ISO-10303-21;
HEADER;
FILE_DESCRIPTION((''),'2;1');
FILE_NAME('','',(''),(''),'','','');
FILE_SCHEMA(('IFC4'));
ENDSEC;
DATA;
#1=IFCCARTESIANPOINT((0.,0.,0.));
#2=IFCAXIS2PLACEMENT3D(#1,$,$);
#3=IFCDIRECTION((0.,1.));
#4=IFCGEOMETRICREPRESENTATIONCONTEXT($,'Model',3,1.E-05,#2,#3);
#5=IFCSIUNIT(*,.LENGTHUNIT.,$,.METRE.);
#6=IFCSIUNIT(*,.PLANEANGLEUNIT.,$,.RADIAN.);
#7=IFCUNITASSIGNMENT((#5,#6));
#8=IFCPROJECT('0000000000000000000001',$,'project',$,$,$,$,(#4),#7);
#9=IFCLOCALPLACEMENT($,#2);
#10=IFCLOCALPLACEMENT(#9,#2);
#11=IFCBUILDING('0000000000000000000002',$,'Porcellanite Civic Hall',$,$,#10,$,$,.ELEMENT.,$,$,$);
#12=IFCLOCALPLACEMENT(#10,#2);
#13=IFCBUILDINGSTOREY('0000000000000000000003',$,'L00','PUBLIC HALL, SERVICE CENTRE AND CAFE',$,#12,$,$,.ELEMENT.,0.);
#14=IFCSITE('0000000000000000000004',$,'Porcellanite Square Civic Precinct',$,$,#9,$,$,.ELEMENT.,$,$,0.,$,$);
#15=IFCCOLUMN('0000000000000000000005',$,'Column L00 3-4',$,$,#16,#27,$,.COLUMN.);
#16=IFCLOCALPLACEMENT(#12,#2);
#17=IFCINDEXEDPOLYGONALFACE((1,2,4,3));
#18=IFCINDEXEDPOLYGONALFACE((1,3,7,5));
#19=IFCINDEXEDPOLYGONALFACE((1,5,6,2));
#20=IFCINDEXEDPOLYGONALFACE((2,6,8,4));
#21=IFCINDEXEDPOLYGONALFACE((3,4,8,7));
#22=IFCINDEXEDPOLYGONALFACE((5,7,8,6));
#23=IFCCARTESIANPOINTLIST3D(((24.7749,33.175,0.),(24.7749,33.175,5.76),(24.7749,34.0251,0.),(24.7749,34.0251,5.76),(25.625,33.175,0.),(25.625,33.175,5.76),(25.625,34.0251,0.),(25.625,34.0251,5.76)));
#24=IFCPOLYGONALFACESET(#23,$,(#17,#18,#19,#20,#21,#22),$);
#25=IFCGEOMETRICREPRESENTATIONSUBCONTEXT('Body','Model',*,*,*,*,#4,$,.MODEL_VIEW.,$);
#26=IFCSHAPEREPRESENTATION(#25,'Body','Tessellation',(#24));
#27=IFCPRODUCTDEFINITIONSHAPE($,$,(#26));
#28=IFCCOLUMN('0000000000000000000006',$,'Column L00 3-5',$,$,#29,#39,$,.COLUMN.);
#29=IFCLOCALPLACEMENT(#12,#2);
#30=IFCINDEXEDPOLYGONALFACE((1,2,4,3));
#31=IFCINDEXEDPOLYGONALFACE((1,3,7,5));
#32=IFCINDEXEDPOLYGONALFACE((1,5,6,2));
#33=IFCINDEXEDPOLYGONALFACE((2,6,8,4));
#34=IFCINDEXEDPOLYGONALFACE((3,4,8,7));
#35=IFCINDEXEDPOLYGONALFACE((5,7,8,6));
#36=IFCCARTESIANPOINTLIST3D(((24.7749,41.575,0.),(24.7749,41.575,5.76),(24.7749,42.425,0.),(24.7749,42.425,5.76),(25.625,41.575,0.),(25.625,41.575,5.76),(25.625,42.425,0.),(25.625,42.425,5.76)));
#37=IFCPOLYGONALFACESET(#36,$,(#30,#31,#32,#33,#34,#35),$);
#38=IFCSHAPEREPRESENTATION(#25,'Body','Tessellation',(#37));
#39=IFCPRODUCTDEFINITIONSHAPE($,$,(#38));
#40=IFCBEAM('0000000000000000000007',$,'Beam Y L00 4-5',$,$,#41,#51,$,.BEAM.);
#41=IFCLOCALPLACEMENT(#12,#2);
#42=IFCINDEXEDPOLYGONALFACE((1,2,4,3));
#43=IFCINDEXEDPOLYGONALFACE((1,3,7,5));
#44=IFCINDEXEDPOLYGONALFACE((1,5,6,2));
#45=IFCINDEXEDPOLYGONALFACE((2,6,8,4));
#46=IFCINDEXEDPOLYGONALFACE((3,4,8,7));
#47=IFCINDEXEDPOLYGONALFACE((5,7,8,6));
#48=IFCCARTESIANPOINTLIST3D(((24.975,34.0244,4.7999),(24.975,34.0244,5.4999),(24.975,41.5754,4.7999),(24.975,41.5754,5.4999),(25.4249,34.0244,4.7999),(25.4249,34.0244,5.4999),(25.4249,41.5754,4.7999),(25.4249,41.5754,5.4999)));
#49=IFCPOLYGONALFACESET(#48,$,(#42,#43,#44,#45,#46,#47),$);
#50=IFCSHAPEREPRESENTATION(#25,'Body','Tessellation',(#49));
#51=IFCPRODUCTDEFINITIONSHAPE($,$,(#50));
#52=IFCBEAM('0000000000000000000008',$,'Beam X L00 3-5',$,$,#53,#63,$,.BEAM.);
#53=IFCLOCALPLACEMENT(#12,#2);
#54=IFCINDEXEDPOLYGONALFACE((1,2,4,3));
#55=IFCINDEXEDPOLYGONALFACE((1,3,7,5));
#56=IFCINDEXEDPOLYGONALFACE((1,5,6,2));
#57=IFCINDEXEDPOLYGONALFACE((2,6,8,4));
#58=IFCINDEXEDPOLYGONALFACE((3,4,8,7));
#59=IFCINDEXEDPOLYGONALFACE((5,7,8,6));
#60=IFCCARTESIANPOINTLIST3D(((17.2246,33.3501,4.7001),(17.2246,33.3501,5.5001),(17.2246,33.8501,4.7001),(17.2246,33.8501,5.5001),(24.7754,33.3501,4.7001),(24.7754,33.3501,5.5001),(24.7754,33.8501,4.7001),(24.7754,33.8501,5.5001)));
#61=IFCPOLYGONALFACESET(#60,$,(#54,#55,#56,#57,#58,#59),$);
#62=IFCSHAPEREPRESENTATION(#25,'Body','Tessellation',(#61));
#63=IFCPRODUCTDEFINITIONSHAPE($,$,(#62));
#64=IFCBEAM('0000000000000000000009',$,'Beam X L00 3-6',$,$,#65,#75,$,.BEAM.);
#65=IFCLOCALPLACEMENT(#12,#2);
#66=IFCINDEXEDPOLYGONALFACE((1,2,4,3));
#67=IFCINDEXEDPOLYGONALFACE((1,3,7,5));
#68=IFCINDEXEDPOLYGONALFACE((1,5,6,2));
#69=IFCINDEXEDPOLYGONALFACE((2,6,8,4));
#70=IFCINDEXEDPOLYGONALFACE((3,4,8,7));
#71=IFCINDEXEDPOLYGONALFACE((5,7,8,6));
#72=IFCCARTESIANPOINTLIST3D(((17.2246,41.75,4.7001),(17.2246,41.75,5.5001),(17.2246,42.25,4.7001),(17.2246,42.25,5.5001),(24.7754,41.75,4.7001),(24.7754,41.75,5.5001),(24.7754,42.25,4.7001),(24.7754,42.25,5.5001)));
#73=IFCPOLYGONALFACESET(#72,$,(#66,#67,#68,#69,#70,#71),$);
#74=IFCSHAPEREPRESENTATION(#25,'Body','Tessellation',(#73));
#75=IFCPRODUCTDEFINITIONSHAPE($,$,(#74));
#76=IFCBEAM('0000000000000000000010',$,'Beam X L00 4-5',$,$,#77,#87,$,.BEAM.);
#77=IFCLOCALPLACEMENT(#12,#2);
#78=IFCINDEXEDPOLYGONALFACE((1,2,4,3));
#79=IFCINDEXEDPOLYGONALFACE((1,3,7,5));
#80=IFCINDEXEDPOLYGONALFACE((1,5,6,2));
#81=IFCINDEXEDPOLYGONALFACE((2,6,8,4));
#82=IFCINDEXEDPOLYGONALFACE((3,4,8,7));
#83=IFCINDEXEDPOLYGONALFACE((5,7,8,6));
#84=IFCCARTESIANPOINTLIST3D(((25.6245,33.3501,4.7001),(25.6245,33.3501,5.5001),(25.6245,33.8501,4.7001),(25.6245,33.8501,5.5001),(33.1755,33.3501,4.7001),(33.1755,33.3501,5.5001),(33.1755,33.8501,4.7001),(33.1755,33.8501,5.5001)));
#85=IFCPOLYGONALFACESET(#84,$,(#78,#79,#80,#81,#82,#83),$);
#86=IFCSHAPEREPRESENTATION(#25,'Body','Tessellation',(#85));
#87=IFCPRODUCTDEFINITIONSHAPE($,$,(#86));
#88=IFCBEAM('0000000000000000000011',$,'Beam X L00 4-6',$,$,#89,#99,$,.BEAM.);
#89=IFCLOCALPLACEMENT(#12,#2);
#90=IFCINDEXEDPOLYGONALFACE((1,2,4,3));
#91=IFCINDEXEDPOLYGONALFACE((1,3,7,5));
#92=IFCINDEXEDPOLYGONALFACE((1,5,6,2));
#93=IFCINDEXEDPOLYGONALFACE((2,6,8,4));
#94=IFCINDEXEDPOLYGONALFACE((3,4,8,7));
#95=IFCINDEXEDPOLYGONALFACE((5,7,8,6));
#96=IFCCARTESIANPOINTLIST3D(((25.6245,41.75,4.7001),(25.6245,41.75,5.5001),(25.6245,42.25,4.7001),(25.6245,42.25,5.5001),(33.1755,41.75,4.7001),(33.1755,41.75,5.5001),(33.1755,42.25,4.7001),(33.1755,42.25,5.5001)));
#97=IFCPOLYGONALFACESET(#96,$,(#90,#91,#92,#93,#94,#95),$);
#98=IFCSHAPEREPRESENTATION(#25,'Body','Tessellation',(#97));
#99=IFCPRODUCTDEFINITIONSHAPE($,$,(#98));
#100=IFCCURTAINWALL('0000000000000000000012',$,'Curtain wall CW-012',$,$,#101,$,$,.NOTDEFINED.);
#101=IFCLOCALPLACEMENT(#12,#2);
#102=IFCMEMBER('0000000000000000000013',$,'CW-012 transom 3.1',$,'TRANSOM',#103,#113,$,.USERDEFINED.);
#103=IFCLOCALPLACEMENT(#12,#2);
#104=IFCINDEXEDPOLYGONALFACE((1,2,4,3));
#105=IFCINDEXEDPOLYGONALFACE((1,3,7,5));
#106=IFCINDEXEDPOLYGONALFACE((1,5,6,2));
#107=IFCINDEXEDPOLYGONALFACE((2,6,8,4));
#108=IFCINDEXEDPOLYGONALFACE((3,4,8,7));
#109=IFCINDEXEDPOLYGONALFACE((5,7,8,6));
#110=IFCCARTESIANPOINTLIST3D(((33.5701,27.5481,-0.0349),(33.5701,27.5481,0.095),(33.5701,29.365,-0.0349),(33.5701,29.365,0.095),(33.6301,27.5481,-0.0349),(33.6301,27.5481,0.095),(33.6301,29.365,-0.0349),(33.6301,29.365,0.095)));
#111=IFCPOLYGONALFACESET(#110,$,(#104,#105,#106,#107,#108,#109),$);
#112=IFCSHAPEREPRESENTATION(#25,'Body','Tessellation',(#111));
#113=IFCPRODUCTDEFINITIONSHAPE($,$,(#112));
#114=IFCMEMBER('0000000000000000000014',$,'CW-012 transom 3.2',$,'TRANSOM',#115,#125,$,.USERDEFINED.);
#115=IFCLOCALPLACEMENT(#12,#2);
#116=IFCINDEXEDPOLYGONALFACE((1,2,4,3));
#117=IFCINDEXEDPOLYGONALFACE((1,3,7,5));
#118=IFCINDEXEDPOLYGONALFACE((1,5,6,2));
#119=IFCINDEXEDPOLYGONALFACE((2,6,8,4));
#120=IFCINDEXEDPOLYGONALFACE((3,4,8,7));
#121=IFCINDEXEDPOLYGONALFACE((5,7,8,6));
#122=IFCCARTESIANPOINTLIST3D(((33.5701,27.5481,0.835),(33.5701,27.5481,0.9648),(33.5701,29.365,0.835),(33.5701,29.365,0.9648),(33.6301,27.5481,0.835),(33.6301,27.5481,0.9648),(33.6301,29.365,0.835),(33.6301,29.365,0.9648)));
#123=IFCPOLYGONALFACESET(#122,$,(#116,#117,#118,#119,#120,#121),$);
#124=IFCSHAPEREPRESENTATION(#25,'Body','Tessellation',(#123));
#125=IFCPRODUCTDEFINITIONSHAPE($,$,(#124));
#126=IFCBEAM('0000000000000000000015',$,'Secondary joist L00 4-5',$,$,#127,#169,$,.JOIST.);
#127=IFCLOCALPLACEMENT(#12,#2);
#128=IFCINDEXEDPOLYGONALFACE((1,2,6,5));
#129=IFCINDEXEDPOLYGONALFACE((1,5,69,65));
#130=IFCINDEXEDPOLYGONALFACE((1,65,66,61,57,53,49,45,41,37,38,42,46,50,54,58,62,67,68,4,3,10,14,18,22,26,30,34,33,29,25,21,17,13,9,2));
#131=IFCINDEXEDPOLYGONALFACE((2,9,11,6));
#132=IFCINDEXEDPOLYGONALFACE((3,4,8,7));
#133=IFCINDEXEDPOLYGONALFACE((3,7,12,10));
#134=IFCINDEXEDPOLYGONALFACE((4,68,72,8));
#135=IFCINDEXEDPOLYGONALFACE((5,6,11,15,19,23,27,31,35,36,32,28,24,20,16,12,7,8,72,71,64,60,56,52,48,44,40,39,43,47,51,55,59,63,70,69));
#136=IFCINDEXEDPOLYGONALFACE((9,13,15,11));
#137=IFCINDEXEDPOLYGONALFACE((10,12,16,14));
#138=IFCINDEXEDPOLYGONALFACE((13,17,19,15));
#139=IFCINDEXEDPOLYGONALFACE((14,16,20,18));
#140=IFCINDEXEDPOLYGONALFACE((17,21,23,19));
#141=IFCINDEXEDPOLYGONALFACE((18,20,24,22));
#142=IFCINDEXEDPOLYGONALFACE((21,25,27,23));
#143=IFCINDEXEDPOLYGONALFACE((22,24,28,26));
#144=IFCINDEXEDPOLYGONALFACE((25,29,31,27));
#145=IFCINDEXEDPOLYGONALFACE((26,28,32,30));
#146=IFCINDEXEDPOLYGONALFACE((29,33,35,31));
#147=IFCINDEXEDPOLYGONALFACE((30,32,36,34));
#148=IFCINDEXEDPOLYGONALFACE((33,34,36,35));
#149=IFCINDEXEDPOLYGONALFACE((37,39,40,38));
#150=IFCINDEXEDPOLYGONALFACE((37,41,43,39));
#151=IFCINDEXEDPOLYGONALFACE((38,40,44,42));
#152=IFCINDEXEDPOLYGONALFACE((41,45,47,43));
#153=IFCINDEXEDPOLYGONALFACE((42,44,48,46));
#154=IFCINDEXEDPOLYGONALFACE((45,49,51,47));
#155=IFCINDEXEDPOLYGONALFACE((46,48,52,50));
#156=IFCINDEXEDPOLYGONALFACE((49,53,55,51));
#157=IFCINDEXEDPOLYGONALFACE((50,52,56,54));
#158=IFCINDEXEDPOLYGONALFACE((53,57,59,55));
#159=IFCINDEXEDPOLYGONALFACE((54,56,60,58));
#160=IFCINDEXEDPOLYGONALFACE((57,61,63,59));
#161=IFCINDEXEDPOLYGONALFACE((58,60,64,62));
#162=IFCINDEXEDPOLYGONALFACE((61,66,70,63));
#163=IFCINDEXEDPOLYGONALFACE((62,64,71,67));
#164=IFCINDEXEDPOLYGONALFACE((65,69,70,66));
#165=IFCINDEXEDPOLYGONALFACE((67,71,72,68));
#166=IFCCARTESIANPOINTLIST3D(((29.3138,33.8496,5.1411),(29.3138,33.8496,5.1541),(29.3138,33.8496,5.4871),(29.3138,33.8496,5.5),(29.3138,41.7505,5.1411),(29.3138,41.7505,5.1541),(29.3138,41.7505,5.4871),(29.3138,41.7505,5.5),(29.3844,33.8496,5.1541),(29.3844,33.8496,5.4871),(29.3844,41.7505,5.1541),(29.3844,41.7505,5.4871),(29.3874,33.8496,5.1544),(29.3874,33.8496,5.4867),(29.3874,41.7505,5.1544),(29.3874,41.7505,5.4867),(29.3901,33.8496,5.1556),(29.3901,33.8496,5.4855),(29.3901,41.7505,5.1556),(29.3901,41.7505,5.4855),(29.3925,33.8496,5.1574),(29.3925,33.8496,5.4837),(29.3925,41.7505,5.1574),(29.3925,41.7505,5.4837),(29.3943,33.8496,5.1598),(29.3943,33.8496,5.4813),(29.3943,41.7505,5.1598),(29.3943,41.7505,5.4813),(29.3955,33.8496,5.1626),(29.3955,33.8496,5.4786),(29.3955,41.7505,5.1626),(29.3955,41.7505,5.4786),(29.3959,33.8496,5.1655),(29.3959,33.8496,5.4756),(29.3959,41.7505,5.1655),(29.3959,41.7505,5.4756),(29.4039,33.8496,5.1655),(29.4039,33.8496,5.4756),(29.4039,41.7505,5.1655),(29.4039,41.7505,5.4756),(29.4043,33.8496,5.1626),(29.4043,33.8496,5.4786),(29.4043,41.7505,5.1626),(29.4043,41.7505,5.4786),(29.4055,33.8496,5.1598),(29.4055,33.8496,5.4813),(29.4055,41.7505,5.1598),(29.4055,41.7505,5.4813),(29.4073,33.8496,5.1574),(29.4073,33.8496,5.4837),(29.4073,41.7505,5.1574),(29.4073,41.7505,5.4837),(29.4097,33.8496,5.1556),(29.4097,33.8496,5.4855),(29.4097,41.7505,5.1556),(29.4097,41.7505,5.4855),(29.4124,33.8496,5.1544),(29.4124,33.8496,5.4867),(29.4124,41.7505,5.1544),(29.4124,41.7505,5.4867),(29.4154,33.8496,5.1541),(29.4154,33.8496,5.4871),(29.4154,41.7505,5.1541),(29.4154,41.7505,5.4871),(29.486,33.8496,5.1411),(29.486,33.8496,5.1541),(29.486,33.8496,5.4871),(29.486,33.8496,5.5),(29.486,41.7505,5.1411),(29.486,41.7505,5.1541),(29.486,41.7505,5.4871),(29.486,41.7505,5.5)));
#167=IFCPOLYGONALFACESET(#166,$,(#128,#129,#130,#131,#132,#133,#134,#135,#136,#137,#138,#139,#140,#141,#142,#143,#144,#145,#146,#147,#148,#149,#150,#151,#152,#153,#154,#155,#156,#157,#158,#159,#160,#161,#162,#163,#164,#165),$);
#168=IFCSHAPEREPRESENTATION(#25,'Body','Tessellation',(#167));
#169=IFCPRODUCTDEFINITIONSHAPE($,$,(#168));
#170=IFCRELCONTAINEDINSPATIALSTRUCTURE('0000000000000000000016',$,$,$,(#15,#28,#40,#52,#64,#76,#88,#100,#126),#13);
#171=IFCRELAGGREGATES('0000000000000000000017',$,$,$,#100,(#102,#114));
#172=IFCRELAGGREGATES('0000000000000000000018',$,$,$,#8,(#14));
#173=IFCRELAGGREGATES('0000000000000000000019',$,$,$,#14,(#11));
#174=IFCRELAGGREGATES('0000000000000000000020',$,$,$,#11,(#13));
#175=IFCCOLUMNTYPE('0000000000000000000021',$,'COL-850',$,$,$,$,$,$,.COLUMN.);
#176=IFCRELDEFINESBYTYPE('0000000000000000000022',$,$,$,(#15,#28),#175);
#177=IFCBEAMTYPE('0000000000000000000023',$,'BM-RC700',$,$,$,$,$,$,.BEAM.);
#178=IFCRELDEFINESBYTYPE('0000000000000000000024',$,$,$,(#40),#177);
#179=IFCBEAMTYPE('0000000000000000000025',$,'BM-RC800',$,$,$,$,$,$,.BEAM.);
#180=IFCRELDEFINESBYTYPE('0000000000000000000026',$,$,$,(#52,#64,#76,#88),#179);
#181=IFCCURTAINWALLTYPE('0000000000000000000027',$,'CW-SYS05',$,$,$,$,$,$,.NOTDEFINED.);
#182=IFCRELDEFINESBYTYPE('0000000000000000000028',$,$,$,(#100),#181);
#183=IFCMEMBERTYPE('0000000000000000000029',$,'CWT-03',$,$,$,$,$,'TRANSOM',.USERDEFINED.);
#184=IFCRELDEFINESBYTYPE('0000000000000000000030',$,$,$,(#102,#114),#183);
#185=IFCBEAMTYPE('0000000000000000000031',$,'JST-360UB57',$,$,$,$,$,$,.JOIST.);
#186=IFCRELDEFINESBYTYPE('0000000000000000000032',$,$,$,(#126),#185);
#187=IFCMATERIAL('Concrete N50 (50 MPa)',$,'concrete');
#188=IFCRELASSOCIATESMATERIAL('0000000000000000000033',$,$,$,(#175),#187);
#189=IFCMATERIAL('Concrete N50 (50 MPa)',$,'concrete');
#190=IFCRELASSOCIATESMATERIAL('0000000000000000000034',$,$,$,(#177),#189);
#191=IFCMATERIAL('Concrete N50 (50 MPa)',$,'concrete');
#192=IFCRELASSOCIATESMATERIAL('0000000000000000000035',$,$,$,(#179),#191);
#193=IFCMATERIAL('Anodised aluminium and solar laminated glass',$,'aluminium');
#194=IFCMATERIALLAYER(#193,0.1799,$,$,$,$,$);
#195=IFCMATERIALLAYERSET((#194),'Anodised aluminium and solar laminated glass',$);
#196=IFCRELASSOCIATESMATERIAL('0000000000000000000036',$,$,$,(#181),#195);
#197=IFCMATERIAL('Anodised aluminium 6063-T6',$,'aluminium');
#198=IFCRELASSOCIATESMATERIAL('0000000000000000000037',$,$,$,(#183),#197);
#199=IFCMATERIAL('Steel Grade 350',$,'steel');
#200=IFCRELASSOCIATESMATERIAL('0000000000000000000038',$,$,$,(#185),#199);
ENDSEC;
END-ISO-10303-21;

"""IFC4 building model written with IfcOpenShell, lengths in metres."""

from ifc_helpers import new_model, si_unit, direction, frame, origin, origin_2d, place, context, subcontext, project, spatial, rectangle, i_section, extrude, material, layer, layer_set, material_profile, profile_set, type_object, element, aggregate, save


model = new_model("IFC4")

# Units and contexts
model_context = context("Model", 3, precision=1e-05, world=origin(), true_north=direction((0.0, 1.0)))
body_context = subcontext(model_context, "Body", "Model", "MODEL_VIEW")
ifc_project = project(units=[si_unit("LENGTHUNIT", "METRE"), si_unit("PLANEANGLEUNIT", "RADIAN")], contexts=[model_context])

# Site, building, storey
site_placement = place(None, origin())
site = spatial("IfcSite", under=ifc_project, at=site_placement, Name="Porcellanite Square Civic Precinct", CompositionType="ELEMENT", RefElevation=0.0)
building_placement = place(site_placement, origin())
building = spatial("IfcBuilding", under=site, at=building_placement, Name="Porcellanite Civic Hall", CompositionType="ELEMENT")
storey_placement = place(building_placement, origin())
storey = spatial("IfcBuildingStorey", under=building, at=storey_placement, Name="L00", Description="PUBLIC HALL, SERVICE CENTRE AND CAFE", CompositionType="ELEMENT", Elevation=0.0)

# Columns
ifc_material_1 = material(Name="Concrete N50 (50 MPa)", Category="concrete")
ifc_material_profile_1 = material_profile(ifc_material_1, rectangle(XDim=0.8501, YDim=0.8501, at=origin_2d()), Name="RC-850x850")
ifc_profile_set_1 = profile_set([ifc_material_profile_1], Name="Concrete N50 (50 MPa)")
column_type = type_object("IfcColumnType", Name="COL-850", PredefinedType="COLUMN", material=ifc_profile_set_1)
for number, where, z_axis, x_axis, name in (
    (1, (25.2, 33.6001, 0.0), (0.0, 0.0, 1.0), (1.0, 0.0, 0.0), "Column L00 3-4"),
    (2, (25.2, 42.0, 0.0), (0.0, 0.0, 1.0), (1.0, 0.0, 0.0), "Column L00 3-5"),
):
    element("IfcColumn", number, at=place(storey_placement, frame(where, z_axis=z_axis, x_axis=x_axis)), inside=storey, type_object=column_type, Name=name, PredefinedType="COLUMN", context=body_context, shape_type="SweptSolid", body=[
        extrude(rectangle(XDim=0.8501, YDim=0.8501, at=origin_2d()), origin(), (0.0, 0.0, 1.0), 5.76),
    ])

# Beams
ifc_material_2 = material(Name="Concrete N50 (50 MPa)", Category="concrete")
ifc_material_profile_2 = material_profile(ifc_material_2, rectangle(XDim=0.45, YDim=0.7, at=origin_2d()), Name="RC-450x700")
ifc_profile_set_2 = profile_set([ifc_material_profile_2], Name="Concrete N50 (50 MPa)")
beam_type_1 = type_object("IfcBeamType", Name="BM-RC700", PredefinedType="BEAM", material=ifc_profile_set_2)
beam_1_placement = place(storey_placement, frame((25.2, 34.0244, 5.1499), z_axis=(0.0, 1.0, 0.0), x_axis=(-1.0, 0.0, 0.0)))
element("IfcBeam", 3, at=beam_1_placement, inside=storey, type_object=beam_type_1, Name="Beam Y L00 4-5", PredefinedType="BEAM", context=body_context, shape_type="SweptSolid", body=[
    extrude(rectangle(XDim=0.45, YDim=0.7, at=origin_2d()), origin(), (0.0, 0.0, 1.0), 7.551),
])
ifc_material_3 = material(Name="Concrete N50 (50 MPa)", Category="concrete")
ifc_material_profile_3 = material_profile(ifc_material_3, rectangle(XDim=0.5, YDim=0.8, at=origin_2d()), Name="RC-500x800")
ifc_profile_set_3 = profile_set([ifc_material_profile_3], Name="Concrete N50 (50 MPa)")
beam_type_2 = type_object("IfcBeamType", Name="BM-RC800", PredefinedType="BEAM", material=ifc_profile_set_3)
for number, where, z_axis, x_axis, name in (
    (4, (17.2246, 33.6001, 5.1001), (1.0, 0.0, 0.0), (0.0, 1.0, 0.0), "Beam X L00 3-5"),
    (5, (17.2246, 42.0, 5.1001), (1.0, 0.0, 0.0), (0.0, 1.0, 0.0), "Beam X L00 3-6"),
):
    element("IfcBeam", number, at=place(storey_placement, frame(where, z_axis=z_axis, x_axis=x_axis)), inside=storey, type_object=beam_type_2, Name=name, PredefinedType="BEAM", context=body_context, shape_type="SweptSolid", body=[
        extrude(rectangle(XDim=0.5, YDim=0.8, at=origin_2d()), origin(), (0.0, 0.0, 1.0), 7.5508),
    ])
for number, where, z_axis, x_axis, name in (
    (6, (25.6245, 33.6001, 5.1001), (1.0, 0.0, 0.0), (0.0, 1.0, 0.0), "Beam X L00 4-5"),
    (7, (25.6245, 42.0, 5.1001), (1.0, 0.0, 0.0), (0.0, 1.0, 0.0), "Beam X L00 4-6"),
):
    element("IfcBeam", number, at=place(storey_placement, frame(where, z_axis=z_axis, x_axis=x_axis)), inside=storey, type_object=beam_type_2, Name=name, PredefinedType="BEAM", context=body_context, shape_type="SweptSolid", body=[
        extrude(rectangle(XDim=0.5, YDim=0.8, at=origin_2d()), origin(), (0.0, 0.0, 1.0), 7.551),
    ])

# Curtain wall, members
ifc_material_4 = material(Name="Anodised aluminium and solar laminated glass", Category="aluminium")
ifc_layer_1 = layer(ifc_material_4, 0.1799)
ifc_layer_set_1 = layer_set([ifc_layer_1], Name="Anodised aluminium and solar laminated glass")
curtain_wall_type = type_object("IfcCurtainWallType", Name="CW-SYS05", PredefinedType="NOTDEFINED", material=ifc_layer_set_1)
curtain_wall_placement = place(storey_placement, origin())
curtain_wall = element("IfcCurtainWall", 8, at=curtain_wall_placement, inside=storey, type_object=curtain_wall_type, Name="Curtain wall CW-012", PredefinedType="NOTDEFINED")
ifc_material_5 = material(Name="Anodised aluminium 6063-T6", Category="aluminium")
ifc_material_profile_4 = material_profile(ifc_material_5, rectangle(XDim=0.0601, YDim=0.1299, at=origin_2d()), Name="AL-60x130")
ifc_profile_set_4 = profile_set([ifc_material_profile_4], Name="Anodised aluminium 6063-T6")
member_type = type_object("IfcMemberType", Name="CWT-03", ElementType="TRANSOM", PredefinedType="USERDEFINED", material=ifc_profile_set_4)
member_1_placement = place(storey_placement, frame((33.6001, 29.365, 0.03), z_axis=(0.0, -1.0, 0.0), x_axis=(1.0, 0.0, 0.0)))
member_1 = element("IfcMember", 9, at=member_1_placement, type_object=member_type, Name="CW-012 transom 3.1", ObjectType="TRANSOM", PredefinedType="USERDEFINED", context=body_context, shape_type="SweptSolid", body=[
    extrude(rectangle(XDim=0.0601, YDim=0.1299, at=origin_2d()), origin(), (0.0, 0.0, 1.0), 1.8169),
])
member_2_placement = place(storey_placement, frame((33.6001, 29.365, 0.8999), z_axis=(0.0, -1.0, 0.0), x_axis=(1.0, 0.0, 0.0)))
member_2 = element("IfcMember", 10, at=member_2_placement, type_object=member_type, Name="CW-012 transom 3.2", ObjectType="TRANSOM", PredefinedType="USERDEFINED", context=body_context, shape_type="SweptSolid", body=[
    extrude(rectangle(XDim=0.0601, YDim=0.1299, at=origin_2d()), origin(), (0.0, 0.0, 1.0), 1.8169),
])

# Beam
ifc_material_6 = material(Name="Steel Grade 350", Category="steel")
ifc_material_profile_5 = material_profile(ifc_material_6, i_section(OverallWidth=0.1721, OverallDepth=0.3589, WebThickness=0.0081, FlangeThickness=0.0129, FilletRadius=0.0115, at=origin_2d()), Name="360UB56.7")
ifc_profile_set_5 = profile_set([ifc_material_profile_5], Name="Steel Grade 350")
beam_type_3 = type_object("IfcBeamType", Name="JST-360UB57", PredefinedType="JOIST", material=ifc_profile_set_5)
beam_2_placement = place(storey_placement, frame((29.3999, 33.8496, 5.3206), z_axis=(0.0, 1.0, 0.0), x_axis=(-1.0, 0.0, 0.0)))
element("IfcBeam", 11, at=beam_2_placement, inside=storey, type_object=beam_type_3, Name="Secondary joist L00 4-5", PredefinedType="JOIST", context=body_context, shape_type="SweptSolid", body=[
    extrude(i_section(OverallWidth=0.1721, OverallDepth=0.3589, WebThickness=0.0081, FlangeThickness=0.0129, FilletRadius=0.0115, at=origin_2d()), origin(), (0.0, 0.0, 1.0), 7.9009),
])

aggregate(curtain_wall, [member_1, member_2])

save(model, "model.ifc")
